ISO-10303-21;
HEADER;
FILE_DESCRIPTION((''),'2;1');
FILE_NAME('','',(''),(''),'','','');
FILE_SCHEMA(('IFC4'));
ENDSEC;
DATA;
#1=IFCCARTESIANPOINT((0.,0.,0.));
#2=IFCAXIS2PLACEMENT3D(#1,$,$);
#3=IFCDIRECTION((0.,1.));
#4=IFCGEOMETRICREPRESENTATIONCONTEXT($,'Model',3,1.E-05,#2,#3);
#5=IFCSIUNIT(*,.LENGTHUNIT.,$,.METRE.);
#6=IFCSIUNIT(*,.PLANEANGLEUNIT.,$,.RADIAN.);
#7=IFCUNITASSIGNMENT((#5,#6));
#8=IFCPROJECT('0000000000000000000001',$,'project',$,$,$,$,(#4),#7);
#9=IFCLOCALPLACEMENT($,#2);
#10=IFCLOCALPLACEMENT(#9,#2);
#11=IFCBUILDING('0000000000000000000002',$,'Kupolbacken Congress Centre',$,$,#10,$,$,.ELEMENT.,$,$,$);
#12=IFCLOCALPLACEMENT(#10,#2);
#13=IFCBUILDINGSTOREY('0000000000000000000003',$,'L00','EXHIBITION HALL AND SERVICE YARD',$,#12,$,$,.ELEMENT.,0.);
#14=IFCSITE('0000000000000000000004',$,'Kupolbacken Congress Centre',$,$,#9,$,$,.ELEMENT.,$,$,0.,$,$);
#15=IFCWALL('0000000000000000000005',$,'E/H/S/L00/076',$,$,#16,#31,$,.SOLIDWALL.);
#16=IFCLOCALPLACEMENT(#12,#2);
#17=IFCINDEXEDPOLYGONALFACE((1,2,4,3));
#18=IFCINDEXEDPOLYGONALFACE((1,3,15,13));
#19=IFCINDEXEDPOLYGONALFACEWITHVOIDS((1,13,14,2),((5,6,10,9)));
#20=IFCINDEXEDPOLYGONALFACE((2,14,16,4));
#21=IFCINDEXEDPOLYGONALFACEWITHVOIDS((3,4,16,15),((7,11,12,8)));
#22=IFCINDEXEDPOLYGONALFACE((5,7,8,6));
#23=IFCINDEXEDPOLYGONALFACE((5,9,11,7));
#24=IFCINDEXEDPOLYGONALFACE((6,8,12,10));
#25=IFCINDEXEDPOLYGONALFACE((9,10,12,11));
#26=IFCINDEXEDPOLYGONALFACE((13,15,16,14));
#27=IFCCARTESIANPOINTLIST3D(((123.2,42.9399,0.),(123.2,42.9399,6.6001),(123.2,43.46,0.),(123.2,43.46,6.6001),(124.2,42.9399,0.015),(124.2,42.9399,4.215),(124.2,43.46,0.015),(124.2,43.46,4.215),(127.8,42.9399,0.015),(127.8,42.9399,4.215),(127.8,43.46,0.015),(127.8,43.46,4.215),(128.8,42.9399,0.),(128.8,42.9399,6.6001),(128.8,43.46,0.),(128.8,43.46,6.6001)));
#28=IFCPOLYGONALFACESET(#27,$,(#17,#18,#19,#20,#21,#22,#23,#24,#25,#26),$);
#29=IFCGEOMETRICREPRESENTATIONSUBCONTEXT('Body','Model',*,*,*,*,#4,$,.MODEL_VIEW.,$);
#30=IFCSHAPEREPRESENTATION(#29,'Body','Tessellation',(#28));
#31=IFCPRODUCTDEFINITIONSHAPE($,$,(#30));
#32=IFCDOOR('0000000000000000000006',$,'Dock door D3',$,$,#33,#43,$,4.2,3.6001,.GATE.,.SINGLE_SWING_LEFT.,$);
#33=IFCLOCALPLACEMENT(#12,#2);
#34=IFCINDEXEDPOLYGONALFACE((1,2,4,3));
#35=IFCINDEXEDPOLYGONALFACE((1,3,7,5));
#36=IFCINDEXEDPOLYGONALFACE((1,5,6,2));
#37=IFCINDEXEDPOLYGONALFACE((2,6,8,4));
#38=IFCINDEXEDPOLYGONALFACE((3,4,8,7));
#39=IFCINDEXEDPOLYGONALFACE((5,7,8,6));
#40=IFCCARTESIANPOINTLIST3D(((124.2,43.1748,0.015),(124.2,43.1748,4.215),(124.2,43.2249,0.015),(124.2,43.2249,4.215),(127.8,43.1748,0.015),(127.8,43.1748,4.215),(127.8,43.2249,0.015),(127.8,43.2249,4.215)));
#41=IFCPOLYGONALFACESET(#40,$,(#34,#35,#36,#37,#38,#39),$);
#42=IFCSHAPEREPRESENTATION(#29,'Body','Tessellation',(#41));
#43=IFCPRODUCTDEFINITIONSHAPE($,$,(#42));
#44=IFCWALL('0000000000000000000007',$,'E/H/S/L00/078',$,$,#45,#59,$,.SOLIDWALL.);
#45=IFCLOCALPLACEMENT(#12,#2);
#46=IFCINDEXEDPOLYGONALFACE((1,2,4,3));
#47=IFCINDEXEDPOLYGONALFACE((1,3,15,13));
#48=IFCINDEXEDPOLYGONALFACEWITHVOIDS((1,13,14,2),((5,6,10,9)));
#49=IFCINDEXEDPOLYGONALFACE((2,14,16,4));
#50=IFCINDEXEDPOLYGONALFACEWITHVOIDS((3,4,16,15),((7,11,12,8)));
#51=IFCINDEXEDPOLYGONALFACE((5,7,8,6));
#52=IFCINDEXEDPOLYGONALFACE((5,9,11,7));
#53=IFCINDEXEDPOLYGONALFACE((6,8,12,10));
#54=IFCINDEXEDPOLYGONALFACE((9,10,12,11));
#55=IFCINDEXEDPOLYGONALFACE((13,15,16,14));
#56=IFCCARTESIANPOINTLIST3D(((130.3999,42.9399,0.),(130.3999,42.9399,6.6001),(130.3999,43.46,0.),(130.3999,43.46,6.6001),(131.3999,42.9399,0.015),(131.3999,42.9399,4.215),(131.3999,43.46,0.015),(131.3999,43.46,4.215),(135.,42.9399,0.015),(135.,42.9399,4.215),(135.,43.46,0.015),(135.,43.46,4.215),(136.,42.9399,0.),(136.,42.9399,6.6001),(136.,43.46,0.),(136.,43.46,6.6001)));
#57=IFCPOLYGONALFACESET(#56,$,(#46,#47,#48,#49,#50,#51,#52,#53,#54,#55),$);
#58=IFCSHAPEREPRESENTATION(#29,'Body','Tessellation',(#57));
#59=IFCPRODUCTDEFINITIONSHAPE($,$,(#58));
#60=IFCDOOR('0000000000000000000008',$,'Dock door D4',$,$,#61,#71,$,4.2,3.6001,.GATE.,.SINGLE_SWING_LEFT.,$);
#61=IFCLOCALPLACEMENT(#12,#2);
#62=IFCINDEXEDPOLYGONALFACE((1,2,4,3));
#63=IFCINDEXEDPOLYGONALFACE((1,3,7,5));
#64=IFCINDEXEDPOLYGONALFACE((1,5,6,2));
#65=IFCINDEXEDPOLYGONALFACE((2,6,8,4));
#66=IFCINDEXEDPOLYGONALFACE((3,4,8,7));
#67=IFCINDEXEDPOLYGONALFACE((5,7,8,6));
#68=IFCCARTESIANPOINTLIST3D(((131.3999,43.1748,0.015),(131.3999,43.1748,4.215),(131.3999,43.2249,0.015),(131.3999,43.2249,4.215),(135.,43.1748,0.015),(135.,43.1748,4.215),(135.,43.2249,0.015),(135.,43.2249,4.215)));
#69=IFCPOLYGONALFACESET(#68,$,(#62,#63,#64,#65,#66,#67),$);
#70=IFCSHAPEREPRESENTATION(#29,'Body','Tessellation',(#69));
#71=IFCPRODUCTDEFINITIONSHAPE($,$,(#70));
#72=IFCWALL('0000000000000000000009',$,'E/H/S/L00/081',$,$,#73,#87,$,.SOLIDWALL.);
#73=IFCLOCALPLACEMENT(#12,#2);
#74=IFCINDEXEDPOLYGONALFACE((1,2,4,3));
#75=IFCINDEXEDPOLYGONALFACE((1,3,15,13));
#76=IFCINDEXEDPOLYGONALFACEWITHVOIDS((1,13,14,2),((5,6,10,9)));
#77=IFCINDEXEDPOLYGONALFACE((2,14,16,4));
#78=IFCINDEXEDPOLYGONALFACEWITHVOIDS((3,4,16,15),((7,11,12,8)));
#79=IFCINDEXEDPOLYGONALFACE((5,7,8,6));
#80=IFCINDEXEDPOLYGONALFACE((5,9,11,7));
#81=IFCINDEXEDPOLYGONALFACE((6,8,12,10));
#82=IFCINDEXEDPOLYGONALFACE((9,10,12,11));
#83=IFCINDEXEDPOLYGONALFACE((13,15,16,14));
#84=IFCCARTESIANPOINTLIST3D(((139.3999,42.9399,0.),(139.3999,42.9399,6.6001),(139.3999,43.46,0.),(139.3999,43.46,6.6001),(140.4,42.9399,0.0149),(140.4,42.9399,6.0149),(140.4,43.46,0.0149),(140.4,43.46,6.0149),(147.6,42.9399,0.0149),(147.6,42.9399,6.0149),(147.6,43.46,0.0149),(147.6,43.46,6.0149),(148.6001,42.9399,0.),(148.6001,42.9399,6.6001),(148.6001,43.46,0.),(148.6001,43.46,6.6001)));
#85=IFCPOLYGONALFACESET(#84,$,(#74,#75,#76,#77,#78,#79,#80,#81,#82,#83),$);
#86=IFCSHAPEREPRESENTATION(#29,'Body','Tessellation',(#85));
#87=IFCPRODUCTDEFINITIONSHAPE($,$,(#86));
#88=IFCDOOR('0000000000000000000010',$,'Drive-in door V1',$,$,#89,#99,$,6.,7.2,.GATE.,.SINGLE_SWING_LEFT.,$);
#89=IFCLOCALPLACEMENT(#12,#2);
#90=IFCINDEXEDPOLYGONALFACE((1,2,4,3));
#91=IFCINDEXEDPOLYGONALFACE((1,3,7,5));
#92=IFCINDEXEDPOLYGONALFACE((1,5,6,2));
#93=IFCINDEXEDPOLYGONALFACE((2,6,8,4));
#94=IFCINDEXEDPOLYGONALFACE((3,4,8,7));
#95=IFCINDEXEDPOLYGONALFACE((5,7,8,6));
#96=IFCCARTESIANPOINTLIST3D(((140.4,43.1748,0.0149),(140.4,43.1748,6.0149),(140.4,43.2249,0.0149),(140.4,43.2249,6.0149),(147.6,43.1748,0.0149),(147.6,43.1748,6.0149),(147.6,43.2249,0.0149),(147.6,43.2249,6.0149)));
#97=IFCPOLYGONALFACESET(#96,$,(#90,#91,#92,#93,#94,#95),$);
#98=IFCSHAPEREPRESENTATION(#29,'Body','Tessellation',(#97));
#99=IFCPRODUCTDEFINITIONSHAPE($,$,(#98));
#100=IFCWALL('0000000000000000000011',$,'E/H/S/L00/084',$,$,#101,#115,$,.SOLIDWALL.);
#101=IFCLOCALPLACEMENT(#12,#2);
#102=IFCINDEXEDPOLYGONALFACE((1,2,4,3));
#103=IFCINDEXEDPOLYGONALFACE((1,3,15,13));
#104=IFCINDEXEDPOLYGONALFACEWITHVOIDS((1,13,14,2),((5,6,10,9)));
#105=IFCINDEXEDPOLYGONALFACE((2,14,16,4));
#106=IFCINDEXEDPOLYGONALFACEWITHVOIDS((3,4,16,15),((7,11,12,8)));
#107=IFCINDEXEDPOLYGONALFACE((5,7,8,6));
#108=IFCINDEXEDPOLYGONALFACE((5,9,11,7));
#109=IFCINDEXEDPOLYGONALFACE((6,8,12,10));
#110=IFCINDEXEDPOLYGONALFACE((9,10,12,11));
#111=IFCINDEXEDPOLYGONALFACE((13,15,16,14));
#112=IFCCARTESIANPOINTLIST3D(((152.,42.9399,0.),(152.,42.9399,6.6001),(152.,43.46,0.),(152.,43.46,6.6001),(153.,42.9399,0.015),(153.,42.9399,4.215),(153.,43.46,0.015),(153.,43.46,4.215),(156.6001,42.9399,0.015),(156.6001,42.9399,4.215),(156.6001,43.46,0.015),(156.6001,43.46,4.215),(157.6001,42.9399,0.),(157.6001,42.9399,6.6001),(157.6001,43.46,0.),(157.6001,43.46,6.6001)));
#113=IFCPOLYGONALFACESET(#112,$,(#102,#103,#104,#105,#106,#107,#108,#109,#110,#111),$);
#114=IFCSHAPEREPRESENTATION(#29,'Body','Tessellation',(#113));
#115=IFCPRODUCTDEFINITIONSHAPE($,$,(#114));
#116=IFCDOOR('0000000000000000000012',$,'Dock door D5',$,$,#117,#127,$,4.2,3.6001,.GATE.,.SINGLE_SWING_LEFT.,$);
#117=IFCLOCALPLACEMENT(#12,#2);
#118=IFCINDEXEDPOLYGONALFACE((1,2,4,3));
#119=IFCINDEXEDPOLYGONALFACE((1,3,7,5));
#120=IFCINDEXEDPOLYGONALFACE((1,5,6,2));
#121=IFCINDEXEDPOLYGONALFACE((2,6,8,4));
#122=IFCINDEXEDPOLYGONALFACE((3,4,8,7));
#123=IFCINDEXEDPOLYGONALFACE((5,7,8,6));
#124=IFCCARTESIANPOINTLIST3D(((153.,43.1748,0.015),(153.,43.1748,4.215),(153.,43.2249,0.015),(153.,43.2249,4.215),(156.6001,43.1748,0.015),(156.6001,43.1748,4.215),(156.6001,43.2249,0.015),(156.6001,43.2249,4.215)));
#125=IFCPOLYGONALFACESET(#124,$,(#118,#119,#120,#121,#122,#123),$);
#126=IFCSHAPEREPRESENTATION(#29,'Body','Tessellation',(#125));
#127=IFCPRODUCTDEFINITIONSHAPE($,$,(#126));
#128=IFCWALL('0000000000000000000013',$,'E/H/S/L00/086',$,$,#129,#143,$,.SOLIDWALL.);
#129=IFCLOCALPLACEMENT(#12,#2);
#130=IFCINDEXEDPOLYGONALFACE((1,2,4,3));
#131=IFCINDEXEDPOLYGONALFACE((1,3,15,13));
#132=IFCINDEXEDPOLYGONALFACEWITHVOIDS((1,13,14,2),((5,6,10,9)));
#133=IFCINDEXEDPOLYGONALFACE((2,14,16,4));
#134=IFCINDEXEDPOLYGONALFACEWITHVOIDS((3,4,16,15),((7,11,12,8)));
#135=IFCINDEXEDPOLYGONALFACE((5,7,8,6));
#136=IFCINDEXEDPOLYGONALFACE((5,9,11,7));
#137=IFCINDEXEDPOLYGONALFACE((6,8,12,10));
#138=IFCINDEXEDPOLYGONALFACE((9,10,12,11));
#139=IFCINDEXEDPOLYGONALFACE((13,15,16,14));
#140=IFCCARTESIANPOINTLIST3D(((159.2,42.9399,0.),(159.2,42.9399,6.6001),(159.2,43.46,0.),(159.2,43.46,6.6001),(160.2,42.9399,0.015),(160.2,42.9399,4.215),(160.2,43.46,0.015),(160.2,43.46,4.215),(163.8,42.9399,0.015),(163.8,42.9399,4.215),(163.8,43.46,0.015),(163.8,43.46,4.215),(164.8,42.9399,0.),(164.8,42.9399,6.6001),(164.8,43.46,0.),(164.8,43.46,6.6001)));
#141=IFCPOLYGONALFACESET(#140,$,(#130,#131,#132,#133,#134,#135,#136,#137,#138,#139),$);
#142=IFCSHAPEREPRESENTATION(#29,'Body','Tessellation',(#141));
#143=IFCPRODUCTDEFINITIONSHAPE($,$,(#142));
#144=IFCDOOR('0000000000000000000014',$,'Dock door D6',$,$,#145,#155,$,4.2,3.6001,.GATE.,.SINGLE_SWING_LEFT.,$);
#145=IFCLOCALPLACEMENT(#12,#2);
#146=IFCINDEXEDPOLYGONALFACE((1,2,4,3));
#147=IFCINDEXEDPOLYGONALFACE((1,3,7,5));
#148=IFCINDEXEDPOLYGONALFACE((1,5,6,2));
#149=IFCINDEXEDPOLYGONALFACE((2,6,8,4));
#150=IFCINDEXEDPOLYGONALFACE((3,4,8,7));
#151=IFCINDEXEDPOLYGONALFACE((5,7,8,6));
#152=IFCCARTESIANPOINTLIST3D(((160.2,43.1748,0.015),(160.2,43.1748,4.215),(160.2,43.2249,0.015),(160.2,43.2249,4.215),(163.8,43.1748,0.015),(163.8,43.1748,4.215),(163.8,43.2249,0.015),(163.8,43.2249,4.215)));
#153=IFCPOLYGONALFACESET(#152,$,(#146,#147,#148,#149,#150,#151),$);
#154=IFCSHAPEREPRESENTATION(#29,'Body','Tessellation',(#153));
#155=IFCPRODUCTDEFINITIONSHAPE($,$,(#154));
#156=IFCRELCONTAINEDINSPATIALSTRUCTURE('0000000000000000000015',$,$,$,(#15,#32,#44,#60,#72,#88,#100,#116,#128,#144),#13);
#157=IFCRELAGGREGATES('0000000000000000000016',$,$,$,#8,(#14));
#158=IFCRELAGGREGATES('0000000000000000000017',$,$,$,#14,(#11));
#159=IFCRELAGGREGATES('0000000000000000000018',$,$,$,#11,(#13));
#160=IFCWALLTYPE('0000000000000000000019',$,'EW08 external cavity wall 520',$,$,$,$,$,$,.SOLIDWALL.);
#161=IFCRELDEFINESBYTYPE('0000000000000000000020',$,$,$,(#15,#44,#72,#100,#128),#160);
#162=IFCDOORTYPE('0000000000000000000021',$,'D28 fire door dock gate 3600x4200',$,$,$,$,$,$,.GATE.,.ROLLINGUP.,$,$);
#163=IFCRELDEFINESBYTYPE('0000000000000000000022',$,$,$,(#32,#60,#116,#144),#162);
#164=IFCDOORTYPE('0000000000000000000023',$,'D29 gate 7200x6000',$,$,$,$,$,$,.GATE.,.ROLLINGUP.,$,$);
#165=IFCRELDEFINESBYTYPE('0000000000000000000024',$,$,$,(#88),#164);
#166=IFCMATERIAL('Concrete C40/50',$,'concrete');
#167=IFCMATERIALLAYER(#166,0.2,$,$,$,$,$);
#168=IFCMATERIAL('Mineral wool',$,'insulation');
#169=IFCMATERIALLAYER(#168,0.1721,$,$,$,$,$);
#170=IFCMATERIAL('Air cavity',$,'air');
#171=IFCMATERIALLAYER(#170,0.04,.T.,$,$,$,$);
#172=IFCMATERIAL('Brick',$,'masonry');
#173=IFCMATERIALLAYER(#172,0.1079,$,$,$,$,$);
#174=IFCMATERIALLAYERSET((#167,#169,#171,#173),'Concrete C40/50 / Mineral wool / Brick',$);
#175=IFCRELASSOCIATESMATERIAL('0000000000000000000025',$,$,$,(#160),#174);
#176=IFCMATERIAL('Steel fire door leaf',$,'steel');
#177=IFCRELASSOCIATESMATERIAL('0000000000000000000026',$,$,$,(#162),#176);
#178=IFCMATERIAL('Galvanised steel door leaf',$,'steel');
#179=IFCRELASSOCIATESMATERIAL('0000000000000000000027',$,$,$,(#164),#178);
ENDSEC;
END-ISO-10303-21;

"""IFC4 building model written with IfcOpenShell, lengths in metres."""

from ifc_helpers import new_model, si_unit, direction, frame, frame_2d, origin, place, context, subcontext, project, spatial, rectangle, extrude, material, layer, layer_set, type_object, element, fill, save


model = new_model("IFC4")

# Units and contexts
model_context = context("Model", 3, precision=1e-05, world=origin(), true_north=direction((0.0, 1.0)))
body_context = subcontext(model_context, "Body", "Model", "MODEL_VIEW")
ifc_project = project(units=[si_unit("LENGTHUNIT", "METRE"), si_unit("PLANEANGLEUNIT", "RADIAN")], contexts=[model_context])

# Site, building, storey
site_placement = place(None, origin())
site = spatial("IfcSite", under=ifc_project, at=site_placement, Name="Kupolbacken Congress Centre", CompositionType="ELEMENT", RefElevation=0.0)
building_placement = place(site_placement, origin())
building = spatial("IfcBuilding", under=site, at=building_placement, Name="Kupolbacken Congress Centre", CompositionType="ELEMENT")
storey_placement = place(building_placement, origin())
storey = spatial("IfcBuildingStorey", under=building, at=storey_placement, Name="L00", Description="EXHIBITION HALL AND SERVICE YARD", CompositionType="ELEMENT", Elevation=0.0)

# Shared definitions
ifc_material_1 = material(Name="Brick", Category="masonry")
ifc_material_2 = material(Name="Air cavity", Category="air")
ifc_material_3 = material(Name="Mineral wool", Category="insulation")

# Walls, openings, doors
ifc_material_4 = material(Name="Concrete C40/50", Category="concrete")
ifc_layer_1 = layer(ifc_material_4, 0.2)
ifc_layer_2 = layer(ifc_material_3, 0.1721)
ifc_layer_3 = layer(ifc_material_2, 0.04, ventilated=True)
ifc_layer_4 = layer(ifc_material_1, 0.1079)
ifc_layer_set_1 = layer_set([ifc_layer_1, ifc_layer_2, ifc_layer_3, ifc_layer_4], Name="Concrete C40/50 / Mineral wool / Brick")
wall_type_1 = type_object("IfcWallType", Name="EW08 external cavity wall 520", PredefinedType="SOLIDWALL", material=ifc_layer_set_1)
wall_1_placement = place(storey_placement, frame((123.2, 43.2, 0.0), z_axis=(0.0, 0.0, 1.0), x_axis=(1.0, 0.0, 0.0)))
wall_1 = element("IfcWall", 1, at=wall_1_placement, inside=storey, type_object=wall_type_1, Name="E/H/S/L00/076", PredefinedType="SOLIDWALL", context=body_context, shape_type="SweptSolid", body=[
    extrude(rectangle(XDim=5.6001, YDim=0.52, at=frame_2d((2.8, 0.0))), origin(), (0.0, 0.0, 1.0), 6.6001),
])
opening_1_placement = place(wall_1_placement, frame((1.0, 0.0, 0.0149)))
opening_1 = element("IfcOpeningElement", 2, at=opening_1_placement, cuts=wall_1, PredefinedType="OPENING", context=body_context, shape_type="SweptSolid", body=[
    extrude(rectangle(XDim=3.6001, YDim=4.2, at=frame_2d((1.8, 2.1001))), frame((0.0, 0.27, 0.0), z_axis=(0.0, -1.0, 0.0), x_axis=(1.0, 0.0, 0.0)), (0.0, 0.0, 1.0), 0.54),
])
ifc_material_5 = material(Name="Steel fire door leaf", Category="steel")
door_type_1 = type_object("IfcDoorType", Name="D28 fire door dock gate 3600x4200", OperationType="ROLLINGUP", PredefinedType="GATE", material=ifc_material_5)
door_1_placement = place(opening_1_placement, origin())
door_1 = element("IfcDoor", 3, at=door_1_placement, inside=storey, type_object=door_type_1, Name="Dock door D3", OperationType="SINGLE_SWING_LEFT", OverallHeight=4.2, OverallWidth=3.6001, PredefinedType="GATE", context=body_context, shape_type="SweptSolid", body=[
    extrude(rectangle(XDim=3.6001, YDim=4.2, at=frame_2d((1.8, 2.1001))), frame((0.0, 0.0249, 0.0), z_axis=(0.0, -1.0, 0.0), x_axis=(1.0, 0.0, 0.0)), (0.0, 0.0, 1.0), 0.05),
])
fill(opening_1, door_1)
wall_2_placement = place(storey_placement, frame((130.3999, 43.2, 0.0), z_axis=(0.0, 0.0, 1.0), x_axis=(1.0, 0.0, 0.0)))
wall_2 = element("IfcWall", 4, at=wall_2_placement, inside=storey, type_object=wall_type_1, Name="E/H/S/L00/078", PredefinedType="SOLIDWALL", context=body_context, shape_type="SweptSolid", body=[
    extrude(rectangle(XDim=5.6001, YDim=0.52, at=frame_2d((2.8, 0.0))), origin(), (0.0, 0.0, 1.0), 6.6001),
])
opening_2_placement = place(wall_2_placement, frame((1.0, 0.0, 0.0149)))
opening_2 = element("IfcOpeningElement", 5, at=opening_2_placement, cuts=wall_2, PredefinedType="OPENING", context=body_context, shape_type="SweptSolid", body=[
    extrude(rectangle(XDim=3.6001, YDim=4.2, at=frame_2d((1.8, 2.1001))), frame((0.0, 0.27, 0.0), z_axis=(0.0, -1.0, 0.0), x_axis=(1.0, 0.0, 0.0)), (0.0, 0.0, 1.0), 0.54),
])
door_2_placement = place(opening_2_placement, origin())
door_2 = element("IfcDoor", 6, at=door_2_placement, inside=storey, type_object=door_type_1, Name="Dock door D4", OperationType="SINGLE_SWING_LEFT", OverallHeight=4.2, OverallWidth=3.6001, PredefinedType="GATE", context=body_context, shape_type="SweptSolid", body=[
    extrude(rectangle(XDim=3.6001, YDim=4.2, at=frame_2d((1.8, 2.1001))), frame((0.0, 0.0249, 0.0), z_axis=(0.0, -1.0, 0.0), x_axis=(1.0, 0.0, 0.0)), (0.0, 0.0, 1.0), 0.05),
])
fill(opening_2, door_2)
wall_3_placement = place(storey_placement, frame((139.3999, 43.2, 0.0), z_axis=(0.0, 0.0, 1.0), x_axis=(1.0, 0.0, 0.0)))
wall_3 = element("IfcWall", 7, at=wall_3_placement, inside=storey, type_object=wall_type_1, Name="E/H/S/L00/081", PredefinedType="SOLIDWALL", context=body_context, shape_type="SweptSolid", body=[
    extrude(rectangle(XDim=9.2002, YDim=0.52, at=frame_2d((4.6001, 0.0))), origin(), (0.0, 0.0, 1.0), 6.6001),
])
opening_3_placement = place(wall_3_placement, frame((1.0, 0.0, 0.0149)))
opening_3 = element("IfcOpeningElement", 8, at=opening_3_placement, cuts=wall_3, PredefinedType="OPENING", context=body_context, shape_type="SweptSolid", body=[
    extrude(rectangle(XDim=7.2, YDim=6.0, at=frame_2d((3.6001, 3.0))), frame((0.0, 0.27, 0.0), z_axis=(0.0, -1.0, 0.0), x_axis=(1.0, 0.0, 0.0)), (0.0, 0.0, 1.0), 0.54),
])
ifc_material_6 = material(Name="Galvanised steel door leaf", Category="steel")
door_type_2 = type_object("IfcDoorType", Name="D29 gate 7200x6000", OperationType="ROLLINGUP", PredefinedType="GATE", material=ifc_material_6)
door_3_placement = place(opening_3_placement, origin())
door_3 = element("IfcDoor", 9, at=door_3_placement, inside=storey, type_object=door_type_2, Name="Drive-in door V1", OperationType="SINGLE_SWING_LEFT", OverallHeight=6.0, OverallWidth=7.2, PredefinedType="GATE", context=body_context, shape_type="SweptSolid", body=[
    extrude(rectangle(XDim=7.2, YDim=6.0, at=frame_2d((3.6001, 3.0))), frame((0.0, 0.0249, 0.0), z_axis=(0.0, -1.0, 0.0), x_axis=(1.0, 0.0, 0.0)), (0.0, 0.0, 1.0), 0.05),
])
fill(opening_3, door_3)
wall_4_placement = place(storey_placement, frame((152.0, 43.2, 0.0), z_axis=(0.0, 0.0, 1.0), x_axis=(1.0, 0.0, 0.0)))
wall_4 = element("IfcWall", 10, at=wall_4_placement, inside=storey, type_object=wall_type_1, Name="E/H/S/L00/084", PredefinedType="SOLIDWALL", context=body_context, shape_type="SweptSolid", body=[
    extrude(rectangle(XDim=5.6001, YDim=0.52, at=frame_2d((2.8, 0.0))), origin(), (0.0, 0.0, 1.0), 6.6001),
])
opening_4_placement = place(wall_4_placement, frame((1.0, 0.0, 0.0149)))
opening_4 = element("IfcOpeningElement", 11, at=opening_4_placement, cuts=wall_4, PredefinedType="OPENING", context=body_context, shape_type="SweptSolid", body=[
    extrude(rectangle(XDim=3.6001, YDim=4.2, at=frame_2d((1.8, 2.1001))), frame((0.0, 0.27, 0.0), z_axis=(0.0, -1.0, 0.0), x_axis=(1.0, 0.0, 0.0)), (0.0, 0.0, 1.0), 0.54),
])
door_4_placement = place(opening_4_placement, origin())
door_4 = element("IfcDoor", 12, at=door_4_placement, inside=storey, type_object=door_type_1, Name="Dock door D5", OperationType="SINGLE_SWING_LEFT", OverallHeight=4.2, OverallWidth=3.6001, PredefinedType="GATE", context=body_context, shape_type="SweptSolid", body=[
    extrude(rectangle(XDim=3.6001, YDim=4.2, at=frame_2d((1.8, 2.1001))), frame((0.0, 0.0249, 0.0), z_axis=(0.0, -1.0, 0.0), x_axis=(1.0, 0.0, 0.0)), (0.0, 0.0, 1.0), 0.05),
])
fill(opening_4, door_4)
wall_5_placement = place(storey_placement, frame((159.2, 43.2, 0.0), z_axis=(0.0, 0.0, 1.0), x_axis=(1.0, 0.0, 0.0)))
wall_5 = element("IfcWall", 13, at=wall_5_placement, inside=storey, type_object=wall_type_1, Name="E/H/S/L00/086", PredefinedType="SOLIDWALL", context=body_context, shape_type="SweptSolid", body=[
    extrude(rectangle(XDim=5.6001, YDim=0.52, at=frame_2d((2.8, 0.0))), origin(), (0.0, 0.0, 1.0), 6.6001),
])
opening_5_placement = place(wall_5_placement, frame((1.0, 0.0, 0.0149)))
opening_5 = element("IfcOpeningElement", 14, at=opening_5_placement, cuts=wall_5, PredefinedType="OPENING", context=body_context, shape_type="SweptSolid", body=[
    extrude(rectangle(XDim=3.6001, YDim=4.2, at=frame_2d((1.8, 2.1001))), frame((0.0, 0.27, 0.0), z_axis=(0.0, -1.0, 0.0), x_axis=(1.0, 0.0, 0.0)), (0.0, 0.0, 1.0), 0.54),
])
door_5_placement = place(opening_5_placement, origin())
door_5 = element("IfcDoor", 15, at=door_5_placement, inside=storey, type_object=door_type_1, Name="Dock door D6", OperationType="SINGLE_SWING_LEFT", OverallHeight=4.2, OverallWidth=3.6001, PredefinedType="GATE", context=body_context, shape_type="SweptSolid", body=[
    extrude(rectangle(XDim=3.6001, YDim=4.2, at=frame_2d((1.8, 2.1001))), frame((0.0, 0.0249, 0.0), z_axis=(0.0, -1.0, 0.0), x_axis=(1.0, 0.0, 0.0)), (0.0, 0.0, 1.0), 0.05),
])
fill(opening_5, door_5)

save(model, "model.ifc")
